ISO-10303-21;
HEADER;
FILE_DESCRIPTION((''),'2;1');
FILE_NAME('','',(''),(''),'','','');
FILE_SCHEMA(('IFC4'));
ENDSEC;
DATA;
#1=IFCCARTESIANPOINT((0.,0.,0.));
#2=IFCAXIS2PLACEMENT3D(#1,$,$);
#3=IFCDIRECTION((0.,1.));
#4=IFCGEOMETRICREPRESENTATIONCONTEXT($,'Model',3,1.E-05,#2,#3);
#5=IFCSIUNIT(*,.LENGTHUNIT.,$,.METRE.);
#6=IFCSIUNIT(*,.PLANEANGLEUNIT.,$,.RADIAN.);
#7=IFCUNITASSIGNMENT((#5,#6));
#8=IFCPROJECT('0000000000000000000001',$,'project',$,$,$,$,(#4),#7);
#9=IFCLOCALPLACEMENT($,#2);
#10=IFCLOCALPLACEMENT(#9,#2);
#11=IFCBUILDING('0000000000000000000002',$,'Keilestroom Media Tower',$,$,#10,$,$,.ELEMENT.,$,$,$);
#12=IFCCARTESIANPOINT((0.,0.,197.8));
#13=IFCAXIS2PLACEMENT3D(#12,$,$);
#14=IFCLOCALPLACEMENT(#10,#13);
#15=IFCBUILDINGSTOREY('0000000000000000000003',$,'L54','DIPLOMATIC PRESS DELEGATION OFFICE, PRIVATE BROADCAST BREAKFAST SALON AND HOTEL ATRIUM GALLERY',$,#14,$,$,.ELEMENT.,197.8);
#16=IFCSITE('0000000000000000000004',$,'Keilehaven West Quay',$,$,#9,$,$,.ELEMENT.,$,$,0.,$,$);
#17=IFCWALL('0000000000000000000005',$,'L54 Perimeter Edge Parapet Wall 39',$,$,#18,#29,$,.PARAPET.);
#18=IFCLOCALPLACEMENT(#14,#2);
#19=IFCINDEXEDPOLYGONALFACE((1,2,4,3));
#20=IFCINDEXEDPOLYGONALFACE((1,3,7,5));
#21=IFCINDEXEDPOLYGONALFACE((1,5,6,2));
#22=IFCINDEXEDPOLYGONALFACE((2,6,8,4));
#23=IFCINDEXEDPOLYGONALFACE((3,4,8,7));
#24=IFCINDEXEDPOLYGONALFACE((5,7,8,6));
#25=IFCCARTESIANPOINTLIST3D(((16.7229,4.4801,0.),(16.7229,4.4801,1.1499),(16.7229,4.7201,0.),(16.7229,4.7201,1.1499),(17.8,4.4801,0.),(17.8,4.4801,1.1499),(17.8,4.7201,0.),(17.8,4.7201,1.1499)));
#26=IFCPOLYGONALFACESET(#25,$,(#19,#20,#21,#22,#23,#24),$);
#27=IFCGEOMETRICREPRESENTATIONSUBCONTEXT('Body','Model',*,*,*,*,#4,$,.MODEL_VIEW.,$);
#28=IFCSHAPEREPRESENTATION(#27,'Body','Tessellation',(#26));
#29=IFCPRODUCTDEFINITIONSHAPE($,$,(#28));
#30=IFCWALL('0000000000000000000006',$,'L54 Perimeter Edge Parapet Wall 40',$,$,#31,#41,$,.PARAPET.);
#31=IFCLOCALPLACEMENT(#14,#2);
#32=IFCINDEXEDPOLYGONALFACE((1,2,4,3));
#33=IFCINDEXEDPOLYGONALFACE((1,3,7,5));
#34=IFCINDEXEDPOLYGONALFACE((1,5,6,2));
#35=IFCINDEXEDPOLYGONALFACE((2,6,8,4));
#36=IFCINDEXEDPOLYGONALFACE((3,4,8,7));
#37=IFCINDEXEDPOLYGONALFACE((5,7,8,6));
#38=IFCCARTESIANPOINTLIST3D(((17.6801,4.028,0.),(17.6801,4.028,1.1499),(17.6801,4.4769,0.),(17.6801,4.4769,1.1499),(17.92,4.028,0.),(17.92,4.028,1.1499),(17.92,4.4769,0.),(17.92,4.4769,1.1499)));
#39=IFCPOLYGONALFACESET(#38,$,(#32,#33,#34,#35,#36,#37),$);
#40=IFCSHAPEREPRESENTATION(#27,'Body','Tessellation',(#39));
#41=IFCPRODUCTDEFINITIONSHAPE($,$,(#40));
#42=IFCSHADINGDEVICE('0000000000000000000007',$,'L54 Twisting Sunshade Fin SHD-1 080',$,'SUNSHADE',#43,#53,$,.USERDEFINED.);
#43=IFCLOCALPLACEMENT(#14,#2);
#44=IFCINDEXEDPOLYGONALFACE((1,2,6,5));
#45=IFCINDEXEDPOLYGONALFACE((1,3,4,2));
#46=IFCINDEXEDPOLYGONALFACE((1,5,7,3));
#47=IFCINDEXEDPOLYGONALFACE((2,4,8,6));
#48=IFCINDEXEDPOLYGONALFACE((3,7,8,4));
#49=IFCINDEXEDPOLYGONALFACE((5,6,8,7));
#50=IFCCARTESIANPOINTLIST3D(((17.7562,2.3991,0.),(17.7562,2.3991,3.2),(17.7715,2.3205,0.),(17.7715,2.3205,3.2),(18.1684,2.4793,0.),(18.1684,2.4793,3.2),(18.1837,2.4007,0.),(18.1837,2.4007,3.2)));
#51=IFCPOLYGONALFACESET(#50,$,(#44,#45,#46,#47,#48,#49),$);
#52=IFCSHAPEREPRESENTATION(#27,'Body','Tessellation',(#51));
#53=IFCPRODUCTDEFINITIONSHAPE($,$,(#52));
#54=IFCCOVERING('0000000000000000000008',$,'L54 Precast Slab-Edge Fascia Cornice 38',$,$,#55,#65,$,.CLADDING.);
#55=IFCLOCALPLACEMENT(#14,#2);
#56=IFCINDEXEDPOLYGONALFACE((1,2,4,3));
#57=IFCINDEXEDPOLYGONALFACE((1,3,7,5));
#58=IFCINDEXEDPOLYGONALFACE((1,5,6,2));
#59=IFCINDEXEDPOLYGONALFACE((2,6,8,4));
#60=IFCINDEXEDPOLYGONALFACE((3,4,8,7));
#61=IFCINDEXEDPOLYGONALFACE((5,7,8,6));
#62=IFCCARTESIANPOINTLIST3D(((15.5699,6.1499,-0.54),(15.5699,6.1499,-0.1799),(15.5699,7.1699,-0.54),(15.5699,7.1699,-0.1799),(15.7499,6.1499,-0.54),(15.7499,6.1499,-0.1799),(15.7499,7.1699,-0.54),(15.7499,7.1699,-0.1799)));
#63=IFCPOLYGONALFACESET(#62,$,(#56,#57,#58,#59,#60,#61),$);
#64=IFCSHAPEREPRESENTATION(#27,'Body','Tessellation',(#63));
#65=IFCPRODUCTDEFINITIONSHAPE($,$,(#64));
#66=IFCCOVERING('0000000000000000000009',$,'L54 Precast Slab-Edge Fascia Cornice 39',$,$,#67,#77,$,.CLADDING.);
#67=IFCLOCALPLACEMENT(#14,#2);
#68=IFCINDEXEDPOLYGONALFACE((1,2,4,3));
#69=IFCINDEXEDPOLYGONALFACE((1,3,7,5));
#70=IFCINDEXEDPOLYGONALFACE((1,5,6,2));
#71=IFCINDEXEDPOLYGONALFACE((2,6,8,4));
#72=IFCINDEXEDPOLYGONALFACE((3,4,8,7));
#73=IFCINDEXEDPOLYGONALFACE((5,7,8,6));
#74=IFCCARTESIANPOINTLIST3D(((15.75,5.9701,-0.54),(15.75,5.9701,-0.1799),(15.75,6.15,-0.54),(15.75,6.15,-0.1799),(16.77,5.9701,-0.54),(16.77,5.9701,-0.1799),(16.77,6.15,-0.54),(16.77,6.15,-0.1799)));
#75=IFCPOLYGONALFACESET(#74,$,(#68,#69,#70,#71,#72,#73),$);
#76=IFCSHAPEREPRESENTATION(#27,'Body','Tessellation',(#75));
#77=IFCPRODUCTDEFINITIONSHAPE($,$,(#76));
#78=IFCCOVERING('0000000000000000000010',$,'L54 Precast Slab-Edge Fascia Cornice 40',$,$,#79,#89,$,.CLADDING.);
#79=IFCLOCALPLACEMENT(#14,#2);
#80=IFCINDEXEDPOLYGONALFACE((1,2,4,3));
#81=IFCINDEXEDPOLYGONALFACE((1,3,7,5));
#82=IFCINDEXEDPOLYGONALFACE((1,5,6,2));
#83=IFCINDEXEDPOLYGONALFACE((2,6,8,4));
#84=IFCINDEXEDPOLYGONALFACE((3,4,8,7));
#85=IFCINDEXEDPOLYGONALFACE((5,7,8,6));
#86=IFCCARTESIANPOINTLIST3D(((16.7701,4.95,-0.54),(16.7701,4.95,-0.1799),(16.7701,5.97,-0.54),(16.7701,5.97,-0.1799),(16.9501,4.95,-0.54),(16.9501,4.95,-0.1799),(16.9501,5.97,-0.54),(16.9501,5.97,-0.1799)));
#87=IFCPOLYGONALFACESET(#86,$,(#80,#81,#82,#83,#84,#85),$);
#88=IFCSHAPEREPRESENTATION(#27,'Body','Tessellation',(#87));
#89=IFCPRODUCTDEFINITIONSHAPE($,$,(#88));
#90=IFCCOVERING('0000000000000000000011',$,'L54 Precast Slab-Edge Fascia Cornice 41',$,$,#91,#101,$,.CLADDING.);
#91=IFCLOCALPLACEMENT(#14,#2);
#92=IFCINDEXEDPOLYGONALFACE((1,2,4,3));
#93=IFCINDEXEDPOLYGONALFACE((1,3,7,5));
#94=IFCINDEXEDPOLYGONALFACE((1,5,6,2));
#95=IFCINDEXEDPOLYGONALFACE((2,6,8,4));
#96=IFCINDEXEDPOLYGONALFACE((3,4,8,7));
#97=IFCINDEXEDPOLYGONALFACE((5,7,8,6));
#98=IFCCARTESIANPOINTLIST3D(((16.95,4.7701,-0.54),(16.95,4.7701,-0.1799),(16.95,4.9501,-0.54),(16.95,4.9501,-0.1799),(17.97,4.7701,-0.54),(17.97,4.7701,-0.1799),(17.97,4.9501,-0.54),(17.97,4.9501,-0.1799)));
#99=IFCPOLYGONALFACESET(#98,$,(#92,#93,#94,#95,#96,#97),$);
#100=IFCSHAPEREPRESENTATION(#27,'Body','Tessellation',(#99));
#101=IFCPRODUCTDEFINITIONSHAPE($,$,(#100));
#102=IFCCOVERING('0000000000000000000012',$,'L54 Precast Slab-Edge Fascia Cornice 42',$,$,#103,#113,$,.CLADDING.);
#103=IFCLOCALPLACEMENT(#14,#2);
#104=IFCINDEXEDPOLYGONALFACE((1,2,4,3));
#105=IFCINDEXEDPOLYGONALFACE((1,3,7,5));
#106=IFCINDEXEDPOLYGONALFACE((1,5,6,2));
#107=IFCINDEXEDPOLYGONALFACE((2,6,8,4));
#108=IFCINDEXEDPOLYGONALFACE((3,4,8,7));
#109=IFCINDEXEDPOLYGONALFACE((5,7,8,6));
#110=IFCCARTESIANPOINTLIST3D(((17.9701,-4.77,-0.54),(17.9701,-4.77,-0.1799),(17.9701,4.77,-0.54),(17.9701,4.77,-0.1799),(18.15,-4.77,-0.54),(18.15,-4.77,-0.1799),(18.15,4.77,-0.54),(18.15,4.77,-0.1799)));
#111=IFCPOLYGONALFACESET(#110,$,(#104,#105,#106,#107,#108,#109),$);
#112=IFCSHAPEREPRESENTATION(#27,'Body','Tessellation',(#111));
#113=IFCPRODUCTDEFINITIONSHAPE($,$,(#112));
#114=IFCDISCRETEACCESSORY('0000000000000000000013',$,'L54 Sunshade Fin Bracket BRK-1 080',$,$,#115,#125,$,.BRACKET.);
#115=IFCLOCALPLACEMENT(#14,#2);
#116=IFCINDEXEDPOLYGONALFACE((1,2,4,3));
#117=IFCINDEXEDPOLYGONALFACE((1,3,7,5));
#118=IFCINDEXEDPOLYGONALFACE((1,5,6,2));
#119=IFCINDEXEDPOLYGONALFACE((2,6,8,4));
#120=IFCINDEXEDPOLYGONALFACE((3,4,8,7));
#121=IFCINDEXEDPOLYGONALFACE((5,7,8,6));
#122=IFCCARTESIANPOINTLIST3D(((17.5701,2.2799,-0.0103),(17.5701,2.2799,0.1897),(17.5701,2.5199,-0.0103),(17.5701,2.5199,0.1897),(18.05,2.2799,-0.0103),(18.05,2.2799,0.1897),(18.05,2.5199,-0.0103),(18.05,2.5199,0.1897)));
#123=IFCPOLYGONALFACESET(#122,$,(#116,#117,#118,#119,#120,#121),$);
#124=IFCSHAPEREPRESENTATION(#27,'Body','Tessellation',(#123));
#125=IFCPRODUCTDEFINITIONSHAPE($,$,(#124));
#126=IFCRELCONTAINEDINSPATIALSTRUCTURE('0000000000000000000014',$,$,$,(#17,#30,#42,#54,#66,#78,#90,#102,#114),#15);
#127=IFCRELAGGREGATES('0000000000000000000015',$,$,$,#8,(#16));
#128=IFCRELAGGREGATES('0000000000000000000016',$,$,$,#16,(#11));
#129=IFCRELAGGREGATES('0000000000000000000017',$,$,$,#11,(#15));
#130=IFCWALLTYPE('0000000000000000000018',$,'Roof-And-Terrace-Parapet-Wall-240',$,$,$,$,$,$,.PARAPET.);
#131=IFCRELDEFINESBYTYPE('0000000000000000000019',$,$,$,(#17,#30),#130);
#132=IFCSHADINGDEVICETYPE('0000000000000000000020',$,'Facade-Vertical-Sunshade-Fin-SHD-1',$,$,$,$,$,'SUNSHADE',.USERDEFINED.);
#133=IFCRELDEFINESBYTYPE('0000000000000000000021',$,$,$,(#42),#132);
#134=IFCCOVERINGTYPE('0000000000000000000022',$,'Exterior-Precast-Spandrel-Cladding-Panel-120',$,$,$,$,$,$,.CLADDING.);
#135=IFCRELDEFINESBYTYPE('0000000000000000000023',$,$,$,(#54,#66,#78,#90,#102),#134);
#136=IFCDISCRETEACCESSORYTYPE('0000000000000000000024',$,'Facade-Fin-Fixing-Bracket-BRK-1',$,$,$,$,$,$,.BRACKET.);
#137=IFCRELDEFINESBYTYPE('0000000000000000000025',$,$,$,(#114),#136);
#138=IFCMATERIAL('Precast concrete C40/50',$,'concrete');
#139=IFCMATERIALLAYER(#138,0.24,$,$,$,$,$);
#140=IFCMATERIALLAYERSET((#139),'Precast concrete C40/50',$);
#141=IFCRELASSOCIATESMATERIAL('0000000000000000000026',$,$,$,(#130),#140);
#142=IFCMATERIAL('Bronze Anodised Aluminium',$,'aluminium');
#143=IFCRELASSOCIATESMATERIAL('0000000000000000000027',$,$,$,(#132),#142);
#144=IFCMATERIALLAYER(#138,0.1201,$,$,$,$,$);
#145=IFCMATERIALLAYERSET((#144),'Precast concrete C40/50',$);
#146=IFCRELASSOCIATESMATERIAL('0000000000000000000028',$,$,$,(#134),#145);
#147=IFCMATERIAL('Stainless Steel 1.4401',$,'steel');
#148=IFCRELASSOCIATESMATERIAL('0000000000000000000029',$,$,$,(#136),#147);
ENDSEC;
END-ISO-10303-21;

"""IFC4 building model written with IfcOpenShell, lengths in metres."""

from ifc_helpers import new_model, si_unit, direction, frame, frame_2d, origin, origin_2d, place, context, subcontext, project, spatial, rectangle, extrude, source, transform, mapped, material, layer, layer_set, type_object, element, save


model = new_model("IFC4")

# Units and contexts
model_context = context("Model", 3, precision=1e-05, world=origin(), true_north=direction((0.0, 1.0)))
body_context = subcontext(model_context, "Body", "Model", "MODEL_VIEW")
ifc_project = project(units=[si_unit("LENGTHUNIT", "METRE"), si_unit("PLANEANGLEUNIT", "RADIAN")], contexts=[model_context])

# Site, building, storey
site_placement = place(None, origin())
site = spatial("IfcSite", under=ifc_project, at=site_placement, Name="Keilehaven West Quay", CompositionType="ELEMENT", RefElevation=0.0)
building_placement = place(site_placement, origin())
building = spatial("IfcBuilding", under=site, at=building_placement, Name="Keilestroom Media Tower", CompositionType="ELEMENT")
storey_placement = place(building_placement, frame((0.0, 0.0, 197.8)))
storey = spatial("IfcBuildingStorey", under=building, at=storey_placement, Name="L54", Description="DIPLOMATIC PRESS DELEGATION OFFICE, PRIVATE BROADCAST BREAKFAST SALON AND HOTEL ATRIUM GALLERY", CompositionType="ELEMENT", Elevation=197.8)

# Shared definitions
ifc_material_1 = material(Name="Precast concrete C40/50", Category="concrete")

# Walls
ifc_layer_1 = layer(ifc_material_1, 0.24)
ifc_layer_set_1 = layer_set([ifc_layer_1], Name="Precast concrete C40/50")
wall_type_1 = type_object("IfcWallType", Name="Roof-And-Terrace-Parapet-Wall-240", PredefinedType="PARAPET", material=ifc_layer_set_1)
wall_1_placement = place(storey_placement, frame((16.7229, 4.6001, 0.0), z_axis=(0.0, 0.0, 1.0), x_axis=(1.0, 0.0, 0.0)))
element("IfcWall", 1, at=wall_1_placement, inside=storey, type_object=wall_type_1, Name="L54 Perimeter Edge Parapet Wall 39", PredefinedType="PARAPET", context=body_context, shape_type="SweptSolid", body=[
    extrude(rectangle(XDim=1.0771, YDim=0.24, at=frame_2d((0.5386, 0.0))), origin(), (0.0, 0.0, 1.0), 1.1499),
])
wall_2_placement = place(storey_placement, frame((17.8, 4.4771, 0.0), z_axis=(0.0, 0.0, 1.0), x_axis=(0.0, -1.0, 0.0)))
element("IfcWall", 2, at=wall_2_placement, inside=storey, type_object=wall_type_1, Name="L54 Perimeter Edge Parapet Wall 40", PredefinedType="PARAPET", context=body_context, shape_type="SweptSolid", body=[
    extrude(rectangle(XDim=0.449, YDim=0.24, at=frame_2d((0.2246, 0.0))), origin(), (0.0, 0.0, 1.0), 1.1499),
])

# Shading device
ifc_material_2 = material(Name="Bronze Anodised Aluminium", Category="aluminium")
shading_device_type = type_object("IfcShadingDeviceType", Name="Facade-Vertical-Sunshade-Fin-SHD-1", ElementType="SUNSHADE", PredefinedType="USERDEFINED", material=ifc_material_2)
shared_shape_1 = source(origin(), body_context, "Body", "SweptSolid", [
    extrude(rectangle(XDim=0.4199, YDim=0.0801, at=origin_2d()), origin(), (0.0, 0.0, 1.0), 3.2),
])
shading_device_placement = place(storey_placement, frame((17.97, 2.3999, 0.0), z_axis=(0.0, 0.0, 1.0), x_axis=(0.981561, 0.191152, 0.0)))
element("IfcShadingDevice", 3, at=shading_device_placement, inside=storey, type_object=shading_device_type, Name="L54 Twisting Sunshade Fin SHD-1 080", ObjectType="SUNSHADE", PredefinedType="USERDEFINED", context=body_context, shape_type="MappedRepresentation", body=[
    mapped(shared_shape_1, transform((0.0, 0.0, 0.0), x_axis=(1.0, 0.0, 0.0), y_axis=(0.0, 1.0, 0.0), z_axis=(0.0, 0.0, 1.0), scale=1.0)),
])

# Coverings
ifc_layer_2 = layer(ifc_material_1, 0.1201)
ifc_layer_set_2 = layer_set([ifc_layer_2], Name="Precast concrete C40/50")
covering_type = type_object("IfcCoveringType", Name="Exterior-Precast-Spandrel-Cladding-Panel-120", PredefinedType="CLADDING", material=ifc_layer_set_2)
shared_shape_2 = source(origin(), body_context, "Body", "SweptSolid", [
    extrude(rectangle(XDim=1.02, YDim=0.1799, at=origin_2d()), origin(), (0.0, 0.0, 1.0), 0.3601),
])
for number, where, z_axis, x_axis, name in (
    (4, (15.6599, 6.6599, -0.54), (0.0, 0.0, 1.0), (0.0, -1.0, 0.0), "L54 Precast Slab-Edge Fascia Cornice 38"),
    (5, (16.26, 6.0601, -0.54), (0.0, 0.0, 1.0), (1.0, 0.0, 0.0), "L54 Precast Slab-Edge Fascia Cornice 39"),
    (6, (16.8601, 5.46, -0.54), (0.0, 0.0, 1.0), (0.0, -1.0, 0.0), "L54 Precast Slab-Edge Fascia Cornice 40"),
    (7, (17.46, 4.8601, -0.54), (0.0, 0.0, 1.0), (1.0, 0.0, 0.0), "L54 Precast Slab-Edge Fascia Cornice 41"),
):
    element("IfcCovering", number, at=place(storey_placement, frame(where, z_axis=z_axis, x_axis=x_axis)), inside=storey, type_object=covering_type, Name=name, PredefinedType="CLADDING", context=body_context, shape_type="MappedRepresentation", body=[
        mapped(shared_shape_2, transform((0.0, 0.0, 0.0), x_axis=(1.0, 0.0, 0.0), y_axis=(0.0, 1.0, 0.0), z_axis=(0.0, 0.0, 1.0), scale=1.0)),
    ])
shared_shape_3 = source(origin(), body_context, "Body", "SweptSolid", [
    extrude(rectangle(XDim=9.54, YDim=0.1799, at=origin_2d()), origin(), (0.0, 0.0, 1.0), 0.3601),
])
covering_placement = place(storey_placement, frame((18.0601, 0.0, -0.54), z_axis=(0.0, 0.0, 1.0), x_axis=(0.0, -1.0, 0.0)))
element("IfcCovering", 8, at=covering_placement, inside=storey, type_object=covering_type, Name="L54 Precast Slab-Edge Fascia Cornice 42", PredefinedType="CLADDING", context=body_context, shape_type="MappedRepresentation", body=[
    mapped(shared_shape_3, transform((0.0, 0.0, 0.0), x_axis=(1.0, 0.0, 0.0), y_axis=(0.0, 1.0, 0.0), z_axis=(0.0, 0.0, 1.0), scale=1.0)),
])

# Discrete accessory
ifc_material_3 = material(Name="Stainless Steel 1.4401", Category="steel")
discrete_accessory_type = type_object("IfcDiscreteAccessoryType", Name="Facade-Fin-Fixing-Bracket-BRK-1", PredefinedType="BRACKET", material=ifc_material_3)
shared_shape_4 = source(origin(), body_context, "Body", "SweptSolid", [
    extrude(rectangle(XDim=0.48, YDim=0.24, at=origin_2d()), origin(), (0.0, 0.0, 1.0), 0.2),
])
discrete_accessory_placement = place(storey_placement, frame((17.8101, 2.3999, -0.0103), z_axis=(0.0, 0.0, 1.0), x_axis=(1.0, 0.0, 0.0)))
element("IfcDiscreteAccessory", 9, at=discrete_accessory_placement, inside=storey, type_object=discrete_accessory_type, Name="L54 Sunshade Fin Bracket BRK-1 080", PredefinedType="BRACKET", context=body_context, shape_type="MappedRepresentation", body=[
    mapped(shared_shape_4, transform((0.0, 0.0, 0.0), x_axis=(1.0, 0.0, 0.0), y_axis=(0.0, 1.0, 0.0), z_axis=(0.0, 0.0, 1.0), scale=1.0)),
])

save(model, "model.ifc")
